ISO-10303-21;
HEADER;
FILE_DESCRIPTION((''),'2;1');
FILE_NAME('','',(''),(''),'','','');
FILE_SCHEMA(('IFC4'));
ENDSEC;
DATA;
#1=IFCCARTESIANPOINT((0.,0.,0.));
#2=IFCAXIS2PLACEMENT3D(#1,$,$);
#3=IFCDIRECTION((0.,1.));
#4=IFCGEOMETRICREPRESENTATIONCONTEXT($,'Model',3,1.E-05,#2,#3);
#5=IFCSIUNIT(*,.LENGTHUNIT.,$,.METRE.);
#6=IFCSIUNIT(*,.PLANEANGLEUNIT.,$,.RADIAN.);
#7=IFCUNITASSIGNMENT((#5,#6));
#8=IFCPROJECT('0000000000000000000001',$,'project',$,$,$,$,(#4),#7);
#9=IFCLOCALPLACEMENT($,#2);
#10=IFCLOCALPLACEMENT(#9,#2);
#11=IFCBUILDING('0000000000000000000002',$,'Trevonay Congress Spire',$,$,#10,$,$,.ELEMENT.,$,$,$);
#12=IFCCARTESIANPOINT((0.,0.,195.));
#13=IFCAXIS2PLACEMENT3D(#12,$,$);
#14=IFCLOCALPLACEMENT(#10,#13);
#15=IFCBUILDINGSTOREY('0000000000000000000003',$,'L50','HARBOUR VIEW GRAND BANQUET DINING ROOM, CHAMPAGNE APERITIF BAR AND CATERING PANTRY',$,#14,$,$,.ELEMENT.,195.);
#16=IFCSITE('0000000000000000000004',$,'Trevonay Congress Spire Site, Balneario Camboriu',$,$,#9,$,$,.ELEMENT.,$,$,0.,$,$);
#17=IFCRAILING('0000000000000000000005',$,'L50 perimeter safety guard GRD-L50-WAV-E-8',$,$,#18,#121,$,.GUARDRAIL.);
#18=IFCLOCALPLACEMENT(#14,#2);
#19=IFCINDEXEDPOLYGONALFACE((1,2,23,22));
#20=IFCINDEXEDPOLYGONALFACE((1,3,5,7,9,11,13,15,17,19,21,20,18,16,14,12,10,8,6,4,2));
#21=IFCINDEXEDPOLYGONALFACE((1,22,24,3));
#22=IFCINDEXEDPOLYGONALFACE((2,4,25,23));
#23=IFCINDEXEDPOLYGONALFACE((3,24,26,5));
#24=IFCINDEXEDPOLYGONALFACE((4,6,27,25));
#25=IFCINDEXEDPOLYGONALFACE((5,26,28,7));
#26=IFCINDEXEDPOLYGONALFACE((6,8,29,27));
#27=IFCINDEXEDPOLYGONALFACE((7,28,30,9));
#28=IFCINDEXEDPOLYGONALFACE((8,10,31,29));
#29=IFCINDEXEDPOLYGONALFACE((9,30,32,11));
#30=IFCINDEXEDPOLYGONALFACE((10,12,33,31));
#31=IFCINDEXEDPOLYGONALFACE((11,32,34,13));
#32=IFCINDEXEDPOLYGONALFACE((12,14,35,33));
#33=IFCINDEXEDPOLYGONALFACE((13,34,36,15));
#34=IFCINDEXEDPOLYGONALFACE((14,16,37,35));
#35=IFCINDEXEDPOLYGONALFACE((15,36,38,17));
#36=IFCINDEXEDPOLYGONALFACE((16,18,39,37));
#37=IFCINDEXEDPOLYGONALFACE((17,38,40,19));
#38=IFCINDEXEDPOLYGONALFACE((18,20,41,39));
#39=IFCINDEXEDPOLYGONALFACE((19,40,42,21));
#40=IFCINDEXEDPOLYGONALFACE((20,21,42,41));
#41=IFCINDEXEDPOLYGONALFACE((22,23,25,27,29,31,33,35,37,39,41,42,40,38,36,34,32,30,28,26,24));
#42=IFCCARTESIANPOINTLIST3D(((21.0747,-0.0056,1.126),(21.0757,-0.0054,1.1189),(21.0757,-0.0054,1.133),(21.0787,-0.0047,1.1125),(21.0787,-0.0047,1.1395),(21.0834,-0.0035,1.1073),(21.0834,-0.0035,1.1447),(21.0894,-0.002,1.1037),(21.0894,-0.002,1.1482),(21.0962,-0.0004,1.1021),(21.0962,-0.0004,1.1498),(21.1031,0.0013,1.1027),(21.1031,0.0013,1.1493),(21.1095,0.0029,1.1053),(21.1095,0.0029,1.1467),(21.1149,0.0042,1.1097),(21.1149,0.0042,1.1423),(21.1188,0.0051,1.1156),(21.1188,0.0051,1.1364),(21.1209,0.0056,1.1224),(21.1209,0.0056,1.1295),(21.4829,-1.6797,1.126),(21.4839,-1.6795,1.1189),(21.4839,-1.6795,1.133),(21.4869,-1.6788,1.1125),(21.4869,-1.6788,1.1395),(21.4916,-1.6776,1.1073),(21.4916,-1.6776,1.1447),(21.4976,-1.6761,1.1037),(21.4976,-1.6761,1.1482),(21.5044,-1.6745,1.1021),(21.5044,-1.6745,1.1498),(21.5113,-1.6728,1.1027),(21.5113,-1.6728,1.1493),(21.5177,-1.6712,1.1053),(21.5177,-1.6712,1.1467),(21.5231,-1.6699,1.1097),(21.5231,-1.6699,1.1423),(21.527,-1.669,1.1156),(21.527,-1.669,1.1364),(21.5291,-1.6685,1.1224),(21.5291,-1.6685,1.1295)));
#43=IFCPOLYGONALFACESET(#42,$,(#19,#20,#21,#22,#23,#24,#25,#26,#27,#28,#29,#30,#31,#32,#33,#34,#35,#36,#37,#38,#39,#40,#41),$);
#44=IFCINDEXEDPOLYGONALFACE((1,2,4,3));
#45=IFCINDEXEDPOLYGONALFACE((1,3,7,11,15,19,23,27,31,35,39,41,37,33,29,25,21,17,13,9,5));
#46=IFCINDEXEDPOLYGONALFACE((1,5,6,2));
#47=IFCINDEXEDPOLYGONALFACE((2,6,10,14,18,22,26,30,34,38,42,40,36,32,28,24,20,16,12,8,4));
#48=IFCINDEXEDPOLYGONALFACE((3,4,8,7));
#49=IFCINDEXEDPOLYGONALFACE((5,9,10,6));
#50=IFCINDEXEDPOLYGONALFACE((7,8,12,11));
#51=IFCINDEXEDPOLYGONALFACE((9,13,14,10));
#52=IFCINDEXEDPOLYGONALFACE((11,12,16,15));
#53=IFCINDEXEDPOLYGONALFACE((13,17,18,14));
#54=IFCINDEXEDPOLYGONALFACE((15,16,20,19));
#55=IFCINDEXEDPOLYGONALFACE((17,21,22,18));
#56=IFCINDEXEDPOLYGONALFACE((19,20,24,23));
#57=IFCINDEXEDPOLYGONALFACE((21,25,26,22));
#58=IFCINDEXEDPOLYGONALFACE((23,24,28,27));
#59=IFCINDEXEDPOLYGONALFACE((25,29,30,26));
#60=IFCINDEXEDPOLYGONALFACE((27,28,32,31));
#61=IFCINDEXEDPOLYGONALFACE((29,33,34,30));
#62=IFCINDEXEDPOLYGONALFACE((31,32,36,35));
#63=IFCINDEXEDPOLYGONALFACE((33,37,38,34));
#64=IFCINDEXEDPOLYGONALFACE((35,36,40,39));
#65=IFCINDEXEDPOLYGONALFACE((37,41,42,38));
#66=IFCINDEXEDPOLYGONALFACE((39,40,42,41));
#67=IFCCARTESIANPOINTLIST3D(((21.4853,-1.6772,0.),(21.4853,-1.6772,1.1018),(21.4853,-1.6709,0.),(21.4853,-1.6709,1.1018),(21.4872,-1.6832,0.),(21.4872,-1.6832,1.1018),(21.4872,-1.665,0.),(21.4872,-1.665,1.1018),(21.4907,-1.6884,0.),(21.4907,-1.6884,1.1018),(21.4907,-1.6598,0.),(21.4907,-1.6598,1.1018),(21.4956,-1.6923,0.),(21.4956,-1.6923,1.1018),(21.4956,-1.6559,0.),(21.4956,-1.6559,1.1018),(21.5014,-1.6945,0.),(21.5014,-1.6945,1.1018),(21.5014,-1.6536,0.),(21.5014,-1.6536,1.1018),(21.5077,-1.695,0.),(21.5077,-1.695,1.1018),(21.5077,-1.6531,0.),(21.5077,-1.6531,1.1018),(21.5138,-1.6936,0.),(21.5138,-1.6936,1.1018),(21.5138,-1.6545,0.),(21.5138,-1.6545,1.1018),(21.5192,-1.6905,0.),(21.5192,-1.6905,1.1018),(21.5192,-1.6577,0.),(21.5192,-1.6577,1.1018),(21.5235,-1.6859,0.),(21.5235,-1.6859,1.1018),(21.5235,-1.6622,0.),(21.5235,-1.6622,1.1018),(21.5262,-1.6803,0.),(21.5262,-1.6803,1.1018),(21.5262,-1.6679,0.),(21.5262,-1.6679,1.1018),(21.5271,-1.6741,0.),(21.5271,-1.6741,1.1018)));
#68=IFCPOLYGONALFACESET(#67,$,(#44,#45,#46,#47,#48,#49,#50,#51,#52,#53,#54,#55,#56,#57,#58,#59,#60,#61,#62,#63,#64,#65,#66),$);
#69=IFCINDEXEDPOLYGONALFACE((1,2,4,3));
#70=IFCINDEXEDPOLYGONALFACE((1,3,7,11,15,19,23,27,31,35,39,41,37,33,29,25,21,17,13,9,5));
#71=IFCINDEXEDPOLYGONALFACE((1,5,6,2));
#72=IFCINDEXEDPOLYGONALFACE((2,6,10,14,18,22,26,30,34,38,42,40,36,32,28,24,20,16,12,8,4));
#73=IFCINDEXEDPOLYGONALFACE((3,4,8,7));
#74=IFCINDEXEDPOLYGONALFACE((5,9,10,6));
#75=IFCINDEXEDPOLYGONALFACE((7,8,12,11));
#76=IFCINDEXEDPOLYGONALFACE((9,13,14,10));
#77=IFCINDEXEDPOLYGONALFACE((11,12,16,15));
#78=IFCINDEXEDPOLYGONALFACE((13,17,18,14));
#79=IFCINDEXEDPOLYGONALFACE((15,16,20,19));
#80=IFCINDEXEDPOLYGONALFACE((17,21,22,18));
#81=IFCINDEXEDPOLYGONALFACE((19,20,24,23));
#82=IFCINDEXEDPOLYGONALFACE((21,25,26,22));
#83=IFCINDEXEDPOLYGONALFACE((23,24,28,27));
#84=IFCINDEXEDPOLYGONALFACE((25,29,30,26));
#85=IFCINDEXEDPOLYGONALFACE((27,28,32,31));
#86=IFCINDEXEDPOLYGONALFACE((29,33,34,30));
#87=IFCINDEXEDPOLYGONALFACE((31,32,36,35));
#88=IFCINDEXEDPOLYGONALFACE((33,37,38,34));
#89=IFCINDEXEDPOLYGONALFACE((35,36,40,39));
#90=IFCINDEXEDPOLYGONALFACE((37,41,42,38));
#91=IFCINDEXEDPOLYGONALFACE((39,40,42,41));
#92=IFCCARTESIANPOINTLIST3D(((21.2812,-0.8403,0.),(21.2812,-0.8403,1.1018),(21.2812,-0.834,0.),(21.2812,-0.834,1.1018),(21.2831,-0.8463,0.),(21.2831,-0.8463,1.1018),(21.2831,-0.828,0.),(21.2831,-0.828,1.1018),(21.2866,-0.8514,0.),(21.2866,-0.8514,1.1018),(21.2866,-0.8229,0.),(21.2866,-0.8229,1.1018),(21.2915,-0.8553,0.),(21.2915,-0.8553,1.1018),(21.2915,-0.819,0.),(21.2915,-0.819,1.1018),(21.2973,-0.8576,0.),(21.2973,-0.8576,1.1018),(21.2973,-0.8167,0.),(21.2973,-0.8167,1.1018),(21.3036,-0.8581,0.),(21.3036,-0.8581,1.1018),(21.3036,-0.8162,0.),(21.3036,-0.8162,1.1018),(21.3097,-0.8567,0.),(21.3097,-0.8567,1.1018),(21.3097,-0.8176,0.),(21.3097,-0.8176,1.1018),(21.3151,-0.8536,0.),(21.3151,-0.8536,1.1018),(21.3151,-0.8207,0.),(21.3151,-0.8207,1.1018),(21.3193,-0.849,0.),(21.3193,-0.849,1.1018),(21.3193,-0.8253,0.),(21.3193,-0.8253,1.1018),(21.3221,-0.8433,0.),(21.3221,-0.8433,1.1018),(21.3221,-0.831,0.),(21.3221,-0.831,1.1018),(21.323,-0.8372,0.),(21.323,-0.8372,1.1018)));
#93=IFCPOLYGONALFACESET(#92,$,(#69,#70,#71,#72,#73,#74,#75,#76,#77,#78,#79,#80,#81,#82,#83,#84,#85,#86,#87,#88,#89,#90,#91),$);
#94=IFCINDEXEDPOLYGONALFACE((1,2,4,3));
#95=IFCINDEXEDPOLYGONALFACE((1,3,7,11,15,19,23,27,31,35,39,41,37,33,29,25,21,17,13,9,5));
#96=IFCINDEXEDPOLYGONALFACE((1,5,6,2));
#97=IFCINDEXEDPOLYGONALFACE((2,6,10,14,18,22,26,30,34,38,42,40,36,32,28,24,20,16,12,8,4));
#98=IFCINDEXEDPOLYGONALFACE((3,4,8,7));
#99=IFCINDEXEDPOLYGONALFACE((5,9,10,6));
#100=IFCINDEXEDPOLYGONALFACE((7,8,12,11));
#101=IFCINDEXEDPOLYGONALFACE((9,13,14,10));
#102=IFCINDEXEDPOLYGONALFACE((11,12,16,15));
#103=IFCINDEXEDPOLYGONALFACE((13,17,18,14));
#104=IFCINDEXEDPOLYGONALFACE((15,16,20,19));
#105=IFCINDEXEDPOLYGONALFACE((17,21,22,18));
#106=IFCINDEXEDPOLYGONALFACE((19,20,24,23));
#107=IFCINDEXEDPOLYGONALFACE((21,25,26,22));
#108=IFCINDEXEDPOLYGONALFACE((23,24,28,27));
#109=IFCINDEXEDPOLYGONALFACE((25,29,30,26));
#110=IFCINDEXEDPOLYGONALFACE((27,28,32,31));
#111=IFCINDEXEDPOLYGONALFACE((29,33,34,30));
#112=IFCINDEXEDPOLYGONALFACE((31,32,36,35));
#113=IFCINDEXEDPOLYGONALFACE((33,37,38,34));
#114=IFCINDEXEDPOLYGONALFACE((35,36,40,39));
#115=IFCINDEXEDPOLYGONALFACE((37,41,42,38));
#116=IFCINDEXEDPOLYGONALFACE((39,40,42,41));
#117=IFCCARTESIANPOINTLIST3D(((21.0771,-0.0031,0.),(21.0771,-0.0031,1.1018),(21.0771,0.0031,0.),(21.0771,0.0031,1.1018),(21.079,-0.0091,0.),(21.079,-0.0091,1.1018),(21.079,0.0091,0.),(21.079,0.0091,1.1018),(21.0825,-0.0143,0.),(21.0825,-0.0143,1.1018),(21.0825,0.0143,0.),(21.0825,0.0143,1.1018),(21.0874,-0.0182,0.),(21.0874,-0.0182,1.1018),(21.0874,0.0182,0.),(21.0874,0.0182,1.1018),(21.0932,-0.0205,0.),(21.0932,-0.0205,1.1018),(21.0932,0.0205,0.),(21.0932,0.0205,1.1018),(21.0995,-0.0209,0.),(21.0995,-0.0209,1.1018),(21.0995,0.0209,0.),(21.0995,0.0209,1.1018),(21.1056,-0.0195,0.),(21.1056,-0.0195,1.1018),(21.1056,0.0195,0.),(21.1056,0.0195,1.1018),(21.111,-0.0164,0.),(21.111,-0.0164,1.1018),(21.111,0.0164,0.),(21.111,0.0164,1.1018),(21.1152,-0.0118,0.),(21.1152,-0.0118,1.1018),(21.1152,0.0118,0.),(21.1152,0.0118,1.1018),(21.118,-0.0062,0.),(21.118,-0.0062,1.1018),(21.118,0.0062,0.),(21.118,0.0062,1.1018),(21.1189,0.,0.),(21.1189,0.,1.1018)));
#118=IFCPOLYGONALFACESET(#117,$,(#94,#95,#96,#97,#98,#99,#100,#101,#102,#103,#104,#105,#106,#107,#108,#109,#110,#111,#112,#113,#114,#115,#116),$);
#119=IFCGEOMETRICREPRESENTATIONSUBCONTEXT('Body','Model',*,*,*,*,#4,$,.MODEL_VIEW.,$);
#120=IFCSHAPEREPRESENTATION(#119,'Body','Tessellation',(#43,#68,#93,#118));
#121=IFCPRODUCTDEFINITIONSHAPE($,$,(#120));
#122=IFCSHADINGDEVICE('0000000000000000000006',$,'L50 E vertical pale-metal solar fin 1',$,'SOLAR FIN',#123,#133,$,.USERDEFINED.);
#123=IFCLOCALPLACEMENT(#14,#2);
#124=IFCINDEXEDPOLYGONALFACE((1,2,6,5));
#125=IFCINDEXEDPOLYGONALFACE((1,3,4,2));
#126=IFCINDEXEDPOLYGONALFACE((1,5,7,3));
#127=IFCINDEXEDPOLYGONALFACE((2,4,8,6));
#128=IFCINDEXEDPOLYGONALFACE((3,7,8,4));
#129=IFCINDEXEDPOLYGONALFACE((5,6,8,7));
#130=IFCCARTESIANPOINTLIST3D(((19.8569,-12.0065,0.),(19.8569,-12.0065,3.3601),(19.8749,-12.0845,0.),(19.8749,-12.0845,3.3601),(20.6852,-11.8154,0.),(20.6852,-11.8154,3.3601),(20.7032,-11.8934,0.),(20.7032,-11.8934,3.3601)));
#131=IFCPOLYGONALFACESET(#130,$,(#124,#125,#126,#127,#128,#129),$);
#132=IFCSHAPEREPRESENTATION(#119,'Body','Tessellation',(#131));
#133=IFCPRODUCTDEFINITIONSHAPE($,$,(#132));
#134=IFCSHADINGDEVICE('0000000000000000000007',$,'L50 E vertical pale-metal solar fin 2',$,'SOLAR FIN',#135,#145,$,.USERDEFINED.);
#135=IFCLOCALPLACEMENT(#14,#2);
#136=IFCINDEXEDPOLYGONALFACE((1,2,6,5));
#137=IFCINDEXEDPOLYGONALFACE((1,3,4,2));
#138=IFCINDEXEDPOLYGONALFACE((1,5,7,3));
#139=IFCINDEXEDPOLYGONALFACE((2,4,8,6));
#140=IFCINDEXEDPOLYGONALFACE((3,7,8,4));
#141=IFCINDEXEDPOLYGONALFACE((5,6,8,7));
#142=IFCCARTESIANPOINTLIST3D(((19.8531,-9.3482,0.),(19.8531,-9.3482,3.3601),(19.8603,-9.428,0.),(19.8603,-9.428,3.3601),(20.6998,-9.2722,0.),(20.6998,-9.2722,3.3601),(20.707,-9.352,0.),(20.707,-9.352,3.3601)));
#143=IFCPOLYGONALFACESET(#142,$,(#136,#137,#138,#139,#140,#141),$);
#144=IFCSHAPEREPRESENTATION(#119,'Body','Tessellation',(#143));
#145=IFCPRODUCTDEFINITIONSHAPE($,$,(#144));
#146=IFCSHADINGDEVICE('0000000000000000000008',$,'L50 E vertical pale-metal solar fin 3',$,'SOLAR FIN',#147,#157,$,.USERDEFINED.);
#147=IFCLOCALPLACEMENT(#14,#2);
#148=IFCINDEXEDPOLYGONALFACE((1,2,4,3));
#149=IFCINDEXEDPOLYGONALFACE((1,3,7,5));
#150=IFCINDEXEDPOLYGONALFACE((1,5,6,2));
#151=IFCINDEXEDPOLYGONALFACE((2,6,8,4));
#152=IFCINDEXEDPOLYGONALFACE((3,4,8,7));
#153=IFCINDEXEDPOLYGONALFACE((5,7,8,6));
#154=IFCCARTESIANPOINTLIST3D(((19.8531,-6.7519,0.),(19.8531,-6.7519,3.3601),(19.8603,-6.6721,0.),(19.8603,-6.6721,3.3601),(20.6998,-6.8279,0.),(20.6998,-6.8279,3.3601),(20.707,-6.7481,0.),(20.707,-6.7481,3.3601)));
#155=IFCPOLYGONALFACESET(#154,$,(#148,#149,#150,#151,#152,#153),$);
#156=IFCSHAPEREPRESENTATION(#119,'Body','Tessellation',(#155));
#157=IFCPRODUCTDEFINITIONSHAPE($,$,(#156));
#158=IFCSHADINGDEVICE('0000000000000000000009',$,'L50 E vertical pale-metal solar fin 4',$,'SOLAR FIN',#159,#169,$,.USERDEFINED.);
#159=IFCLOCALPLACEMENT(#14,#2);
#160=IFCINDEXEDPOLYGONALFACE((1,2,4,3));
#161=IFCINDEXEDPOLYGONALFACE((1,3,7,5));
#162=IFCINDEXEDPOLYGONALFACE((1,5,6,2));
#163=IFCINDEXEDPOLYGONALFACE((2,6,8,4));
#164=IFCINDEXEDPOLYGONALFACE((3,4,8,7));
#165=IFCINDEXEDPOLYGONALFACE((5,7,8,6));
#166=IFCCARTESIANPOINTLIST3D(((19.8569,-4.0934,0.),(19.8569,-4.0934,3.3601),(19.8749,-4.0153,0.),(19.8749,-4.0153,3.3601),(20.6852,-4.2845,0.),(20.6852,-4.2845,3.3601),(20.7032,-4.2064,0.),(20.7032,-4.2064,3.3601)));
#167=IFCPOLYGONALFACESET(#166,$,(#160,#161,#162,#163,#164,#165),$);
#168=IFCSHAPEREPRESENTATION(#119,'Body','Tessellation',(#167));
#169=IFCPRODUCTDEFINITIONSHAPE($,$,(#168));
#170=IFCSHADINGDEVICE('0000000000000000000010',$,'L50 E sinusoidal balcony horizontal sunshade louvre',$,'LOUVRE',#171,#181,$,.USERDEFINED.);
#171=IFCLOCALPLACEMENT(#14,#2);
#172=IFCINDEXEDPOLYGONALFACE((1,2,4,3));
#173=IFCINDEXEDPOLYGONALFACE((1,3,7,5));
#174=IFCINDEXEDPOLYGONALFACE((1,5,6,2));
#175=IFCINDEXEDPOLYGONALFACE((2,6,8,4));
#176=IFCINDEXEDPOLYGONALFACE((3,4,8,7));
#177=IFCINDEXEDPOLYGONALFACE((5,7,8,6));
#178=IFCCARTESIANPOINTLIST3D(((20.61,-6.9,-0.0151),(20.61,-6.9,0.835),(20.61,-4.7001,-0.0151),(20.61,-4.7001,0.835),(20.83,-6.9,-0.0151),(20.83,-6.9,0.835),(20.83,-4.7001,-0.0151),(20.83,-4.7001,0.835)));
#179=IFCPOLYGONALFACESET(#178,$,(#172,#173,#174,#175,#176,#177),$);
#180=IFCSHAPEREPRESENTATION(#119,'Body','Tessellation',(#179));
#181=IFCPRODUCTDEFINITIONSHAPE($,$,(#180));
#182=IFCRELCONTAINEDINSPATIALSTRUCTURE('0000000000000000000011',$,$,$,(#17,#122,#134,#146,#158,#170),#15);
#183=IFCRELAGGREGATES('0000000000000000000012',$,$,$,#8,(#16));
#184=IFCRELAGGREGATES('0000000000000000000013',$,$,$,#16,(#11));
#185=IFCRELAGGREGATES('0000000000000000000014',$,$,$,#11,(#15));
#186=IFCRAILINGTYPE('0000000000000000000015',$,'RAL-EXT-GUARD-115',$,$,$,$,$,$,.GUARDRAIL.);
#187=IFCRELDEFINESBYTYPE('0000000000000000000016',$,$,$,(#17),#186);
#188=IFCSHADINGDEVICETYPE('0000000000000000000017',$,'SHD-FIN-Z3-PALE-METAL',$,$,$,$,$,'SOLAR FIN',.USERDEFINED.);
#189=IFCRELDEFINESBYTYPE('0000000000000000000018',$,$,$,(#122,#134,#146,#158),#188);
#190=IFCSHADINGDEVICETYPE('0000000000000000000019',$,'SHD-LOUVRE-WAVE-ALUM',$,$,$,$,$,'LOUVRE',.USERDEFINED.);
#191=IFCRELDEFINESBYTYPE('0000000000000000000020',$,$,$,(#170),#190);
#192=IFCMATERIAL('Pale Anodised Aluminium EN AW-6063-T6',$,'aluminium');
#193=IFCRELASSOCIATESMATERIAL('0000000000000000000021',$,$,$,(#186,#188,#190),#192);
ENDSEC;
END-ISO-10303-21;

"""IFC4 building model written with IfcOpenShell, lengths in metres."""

from ifc_helpers import new_model, si_unit, direction, frame, origin, origin_2d, place, context, subcontext, project, spatial, rectangle, circle, extrude, material, type_object, element, save


model = new_model("IFC4")

# Units and contexts
model_context = context("Model", 3, precision=1e-05, world=origin(), true_north=direction((0.0, 1.0)))
body_context = subcontext(model_context, "Body", "Model", "MODEL_VIEW")
ifc_project = project(units=[si_unit("LENGTHUNIT", "METRE"), si_unit("PLANEANGLEUNIT", "RADIAN")], contexts=[model_context])

# Site, building, storey
site_placement = place(None, origin())
site = spatial("IfcSite", under=ifc_project, at=site_placement, Name="Trevonay Congress Spire Site, Balneario Camboriu", CompositionType="ELEMENT", RefElevation=0.0)
building_placement = place(site_placement, origin())
building = spatial("IfcBuilding", under=site, at=building_placement, Name="Trevonay Congress Spire", CompositionType="ELEMENT")
storey_placement = place(building_placement, frame((0.0, 0.0, 195.0)))
storey = spatial("IfcBuildingStorey", under=building, at=storey_placement, Name="L50", Description="HARBOUR VIEW GRAND BANQUET DINING ROOM, CHAMPAGNE APERITIF BAR AND CATERING PANTRY", CompositionType="ELEMENT", Elevation=195.0)

# Shared definitions
ifc_material_1 = material(Name="Pale Anodised Aluminium EN AW-6063-T6", Category="aluminium")

# Railing
railing_type = type_object("IfcRailingType", Name="RAL-EXT-GUARD-115", PredefinedType="GUARDRAIL", material=ifc_material_1)
railing_1_placement = place(storey_placement, frame((21.5061, -1.6741, 0.0)))
element("IfcRailing", 1, at=railing_1_placement, inside=storey, type_object=railing_type, Name="L50 perimeter safety guard GRD-L50-WAV-E-8", PredefinedType="GUARDRAIL", context=body_context, shape_type="SweptSolid", body=[
    extrude(circle(Radius=0.0239, at=origin_2d()), frame((0.0, 0.0, 1.126), z_axis=(-0.236897, 0.971535, 0.0), x_axis=(-0.971535, -0.236897, 0.0)), (0.0, 0.0, 1.0), 1.7231),
    extrude(circle(Radius=0.021, at=origin_2d()), origin(), (0.0, 0.0, 1.0), 1.1018),
    extrude(circle(Radius=0.021, at=origin_2d()), frame((-0.2041, 0.8369, 0.0)), (0.0, 0.0, 1.0), 1.1018),
    extrude(circle(Radius=0.021, at=origin_2d()), frame((-0.4082, 1.6741, 0.0)), (0.0, 0.0, 1.0), 1.1018),
])

# Shading devices
shading_device_type_1 = type_object("IfcShadingDeviceType", Name="SHD-FIN-Z3-PALE-METAL", ElementType="SOLAR FIN", PredefinedType="USERDEFINED", material=ifc_material_1)
for number, where, z_axis, x_axis, name in (
    (2, (20.28, -11.95, 0.0), (0.0, 0.0, 1.0), (-0.224781, 0.974409, 0.0), "L50 E vertical pale-metal solar fin 1"),
    (3, (20.28, -9.3501, 0.0), (0.0, 0.0, 1.0), (-0.089416, 0.995994, 0.0), "L50 E vertical pale-metal solar fin 2"),
    (4, (20.28, -6.75, 0.0), (0.0, 0.0, 1.0), (0.089416, 0.995994, 0.0), "L50 E vertical pale-metal solar fin 3"),
    (5, (20.28, -4.1499, 0.0), (0.0, 0.0, 1.0), (0.224781, 0.974409, 0.0), "L50 E vertical pale-metal solar fin 4"),
):
    element("IfcShadingDevice", number, at=place(storey_placement, frame(where, z_axis=z_axis, x_axis=x_axis)), inside=storey, type_object=shading_device_type_1, Name=name, ObjectType="SOLAR FIN", PredefinedType="USERDEFINED", context=body_context, shape_type="SweptSolid", body=[
        extrude(rectangle(XDim=0.0801, YDim=0.8501, at=origin_2d()), origin(), (0.0, 0.0, 1.0), 3.3601),
    ])
shading_device_type_2 = type_object("IfcShadingDeviceType", Name="SHD-LOUVRE-WAVE-ALUM", ElementType="LOUVRE", PredefinedType="USERDEFINED", material=ifc_material_1)
shading_device_placement = place(storey_placement, frame((20.72, -5.8, -0.0151), z_axis=(0.0, 0.0, 1.0), x_axis=(0.0, 1.0, 0.0)))
element("IfcShadingDevice", 6, at=shading_device_placement, inside=storey, type_object=shading_device_type_2, Name="L50 E sinusoidal balcony horizontal sunshade louvre", ObjectType="LOUVRE", PredefinedType="USERDEFINED", context=body_context, shape_type="SweptSolid", body=[
    extrude(rectangle(XDim=2.2, YDim=0.22, at=origin_2d()), origin(), (0.0, 0.0, 1.0), 0.8501),
])

save(model, "model.ifc")
